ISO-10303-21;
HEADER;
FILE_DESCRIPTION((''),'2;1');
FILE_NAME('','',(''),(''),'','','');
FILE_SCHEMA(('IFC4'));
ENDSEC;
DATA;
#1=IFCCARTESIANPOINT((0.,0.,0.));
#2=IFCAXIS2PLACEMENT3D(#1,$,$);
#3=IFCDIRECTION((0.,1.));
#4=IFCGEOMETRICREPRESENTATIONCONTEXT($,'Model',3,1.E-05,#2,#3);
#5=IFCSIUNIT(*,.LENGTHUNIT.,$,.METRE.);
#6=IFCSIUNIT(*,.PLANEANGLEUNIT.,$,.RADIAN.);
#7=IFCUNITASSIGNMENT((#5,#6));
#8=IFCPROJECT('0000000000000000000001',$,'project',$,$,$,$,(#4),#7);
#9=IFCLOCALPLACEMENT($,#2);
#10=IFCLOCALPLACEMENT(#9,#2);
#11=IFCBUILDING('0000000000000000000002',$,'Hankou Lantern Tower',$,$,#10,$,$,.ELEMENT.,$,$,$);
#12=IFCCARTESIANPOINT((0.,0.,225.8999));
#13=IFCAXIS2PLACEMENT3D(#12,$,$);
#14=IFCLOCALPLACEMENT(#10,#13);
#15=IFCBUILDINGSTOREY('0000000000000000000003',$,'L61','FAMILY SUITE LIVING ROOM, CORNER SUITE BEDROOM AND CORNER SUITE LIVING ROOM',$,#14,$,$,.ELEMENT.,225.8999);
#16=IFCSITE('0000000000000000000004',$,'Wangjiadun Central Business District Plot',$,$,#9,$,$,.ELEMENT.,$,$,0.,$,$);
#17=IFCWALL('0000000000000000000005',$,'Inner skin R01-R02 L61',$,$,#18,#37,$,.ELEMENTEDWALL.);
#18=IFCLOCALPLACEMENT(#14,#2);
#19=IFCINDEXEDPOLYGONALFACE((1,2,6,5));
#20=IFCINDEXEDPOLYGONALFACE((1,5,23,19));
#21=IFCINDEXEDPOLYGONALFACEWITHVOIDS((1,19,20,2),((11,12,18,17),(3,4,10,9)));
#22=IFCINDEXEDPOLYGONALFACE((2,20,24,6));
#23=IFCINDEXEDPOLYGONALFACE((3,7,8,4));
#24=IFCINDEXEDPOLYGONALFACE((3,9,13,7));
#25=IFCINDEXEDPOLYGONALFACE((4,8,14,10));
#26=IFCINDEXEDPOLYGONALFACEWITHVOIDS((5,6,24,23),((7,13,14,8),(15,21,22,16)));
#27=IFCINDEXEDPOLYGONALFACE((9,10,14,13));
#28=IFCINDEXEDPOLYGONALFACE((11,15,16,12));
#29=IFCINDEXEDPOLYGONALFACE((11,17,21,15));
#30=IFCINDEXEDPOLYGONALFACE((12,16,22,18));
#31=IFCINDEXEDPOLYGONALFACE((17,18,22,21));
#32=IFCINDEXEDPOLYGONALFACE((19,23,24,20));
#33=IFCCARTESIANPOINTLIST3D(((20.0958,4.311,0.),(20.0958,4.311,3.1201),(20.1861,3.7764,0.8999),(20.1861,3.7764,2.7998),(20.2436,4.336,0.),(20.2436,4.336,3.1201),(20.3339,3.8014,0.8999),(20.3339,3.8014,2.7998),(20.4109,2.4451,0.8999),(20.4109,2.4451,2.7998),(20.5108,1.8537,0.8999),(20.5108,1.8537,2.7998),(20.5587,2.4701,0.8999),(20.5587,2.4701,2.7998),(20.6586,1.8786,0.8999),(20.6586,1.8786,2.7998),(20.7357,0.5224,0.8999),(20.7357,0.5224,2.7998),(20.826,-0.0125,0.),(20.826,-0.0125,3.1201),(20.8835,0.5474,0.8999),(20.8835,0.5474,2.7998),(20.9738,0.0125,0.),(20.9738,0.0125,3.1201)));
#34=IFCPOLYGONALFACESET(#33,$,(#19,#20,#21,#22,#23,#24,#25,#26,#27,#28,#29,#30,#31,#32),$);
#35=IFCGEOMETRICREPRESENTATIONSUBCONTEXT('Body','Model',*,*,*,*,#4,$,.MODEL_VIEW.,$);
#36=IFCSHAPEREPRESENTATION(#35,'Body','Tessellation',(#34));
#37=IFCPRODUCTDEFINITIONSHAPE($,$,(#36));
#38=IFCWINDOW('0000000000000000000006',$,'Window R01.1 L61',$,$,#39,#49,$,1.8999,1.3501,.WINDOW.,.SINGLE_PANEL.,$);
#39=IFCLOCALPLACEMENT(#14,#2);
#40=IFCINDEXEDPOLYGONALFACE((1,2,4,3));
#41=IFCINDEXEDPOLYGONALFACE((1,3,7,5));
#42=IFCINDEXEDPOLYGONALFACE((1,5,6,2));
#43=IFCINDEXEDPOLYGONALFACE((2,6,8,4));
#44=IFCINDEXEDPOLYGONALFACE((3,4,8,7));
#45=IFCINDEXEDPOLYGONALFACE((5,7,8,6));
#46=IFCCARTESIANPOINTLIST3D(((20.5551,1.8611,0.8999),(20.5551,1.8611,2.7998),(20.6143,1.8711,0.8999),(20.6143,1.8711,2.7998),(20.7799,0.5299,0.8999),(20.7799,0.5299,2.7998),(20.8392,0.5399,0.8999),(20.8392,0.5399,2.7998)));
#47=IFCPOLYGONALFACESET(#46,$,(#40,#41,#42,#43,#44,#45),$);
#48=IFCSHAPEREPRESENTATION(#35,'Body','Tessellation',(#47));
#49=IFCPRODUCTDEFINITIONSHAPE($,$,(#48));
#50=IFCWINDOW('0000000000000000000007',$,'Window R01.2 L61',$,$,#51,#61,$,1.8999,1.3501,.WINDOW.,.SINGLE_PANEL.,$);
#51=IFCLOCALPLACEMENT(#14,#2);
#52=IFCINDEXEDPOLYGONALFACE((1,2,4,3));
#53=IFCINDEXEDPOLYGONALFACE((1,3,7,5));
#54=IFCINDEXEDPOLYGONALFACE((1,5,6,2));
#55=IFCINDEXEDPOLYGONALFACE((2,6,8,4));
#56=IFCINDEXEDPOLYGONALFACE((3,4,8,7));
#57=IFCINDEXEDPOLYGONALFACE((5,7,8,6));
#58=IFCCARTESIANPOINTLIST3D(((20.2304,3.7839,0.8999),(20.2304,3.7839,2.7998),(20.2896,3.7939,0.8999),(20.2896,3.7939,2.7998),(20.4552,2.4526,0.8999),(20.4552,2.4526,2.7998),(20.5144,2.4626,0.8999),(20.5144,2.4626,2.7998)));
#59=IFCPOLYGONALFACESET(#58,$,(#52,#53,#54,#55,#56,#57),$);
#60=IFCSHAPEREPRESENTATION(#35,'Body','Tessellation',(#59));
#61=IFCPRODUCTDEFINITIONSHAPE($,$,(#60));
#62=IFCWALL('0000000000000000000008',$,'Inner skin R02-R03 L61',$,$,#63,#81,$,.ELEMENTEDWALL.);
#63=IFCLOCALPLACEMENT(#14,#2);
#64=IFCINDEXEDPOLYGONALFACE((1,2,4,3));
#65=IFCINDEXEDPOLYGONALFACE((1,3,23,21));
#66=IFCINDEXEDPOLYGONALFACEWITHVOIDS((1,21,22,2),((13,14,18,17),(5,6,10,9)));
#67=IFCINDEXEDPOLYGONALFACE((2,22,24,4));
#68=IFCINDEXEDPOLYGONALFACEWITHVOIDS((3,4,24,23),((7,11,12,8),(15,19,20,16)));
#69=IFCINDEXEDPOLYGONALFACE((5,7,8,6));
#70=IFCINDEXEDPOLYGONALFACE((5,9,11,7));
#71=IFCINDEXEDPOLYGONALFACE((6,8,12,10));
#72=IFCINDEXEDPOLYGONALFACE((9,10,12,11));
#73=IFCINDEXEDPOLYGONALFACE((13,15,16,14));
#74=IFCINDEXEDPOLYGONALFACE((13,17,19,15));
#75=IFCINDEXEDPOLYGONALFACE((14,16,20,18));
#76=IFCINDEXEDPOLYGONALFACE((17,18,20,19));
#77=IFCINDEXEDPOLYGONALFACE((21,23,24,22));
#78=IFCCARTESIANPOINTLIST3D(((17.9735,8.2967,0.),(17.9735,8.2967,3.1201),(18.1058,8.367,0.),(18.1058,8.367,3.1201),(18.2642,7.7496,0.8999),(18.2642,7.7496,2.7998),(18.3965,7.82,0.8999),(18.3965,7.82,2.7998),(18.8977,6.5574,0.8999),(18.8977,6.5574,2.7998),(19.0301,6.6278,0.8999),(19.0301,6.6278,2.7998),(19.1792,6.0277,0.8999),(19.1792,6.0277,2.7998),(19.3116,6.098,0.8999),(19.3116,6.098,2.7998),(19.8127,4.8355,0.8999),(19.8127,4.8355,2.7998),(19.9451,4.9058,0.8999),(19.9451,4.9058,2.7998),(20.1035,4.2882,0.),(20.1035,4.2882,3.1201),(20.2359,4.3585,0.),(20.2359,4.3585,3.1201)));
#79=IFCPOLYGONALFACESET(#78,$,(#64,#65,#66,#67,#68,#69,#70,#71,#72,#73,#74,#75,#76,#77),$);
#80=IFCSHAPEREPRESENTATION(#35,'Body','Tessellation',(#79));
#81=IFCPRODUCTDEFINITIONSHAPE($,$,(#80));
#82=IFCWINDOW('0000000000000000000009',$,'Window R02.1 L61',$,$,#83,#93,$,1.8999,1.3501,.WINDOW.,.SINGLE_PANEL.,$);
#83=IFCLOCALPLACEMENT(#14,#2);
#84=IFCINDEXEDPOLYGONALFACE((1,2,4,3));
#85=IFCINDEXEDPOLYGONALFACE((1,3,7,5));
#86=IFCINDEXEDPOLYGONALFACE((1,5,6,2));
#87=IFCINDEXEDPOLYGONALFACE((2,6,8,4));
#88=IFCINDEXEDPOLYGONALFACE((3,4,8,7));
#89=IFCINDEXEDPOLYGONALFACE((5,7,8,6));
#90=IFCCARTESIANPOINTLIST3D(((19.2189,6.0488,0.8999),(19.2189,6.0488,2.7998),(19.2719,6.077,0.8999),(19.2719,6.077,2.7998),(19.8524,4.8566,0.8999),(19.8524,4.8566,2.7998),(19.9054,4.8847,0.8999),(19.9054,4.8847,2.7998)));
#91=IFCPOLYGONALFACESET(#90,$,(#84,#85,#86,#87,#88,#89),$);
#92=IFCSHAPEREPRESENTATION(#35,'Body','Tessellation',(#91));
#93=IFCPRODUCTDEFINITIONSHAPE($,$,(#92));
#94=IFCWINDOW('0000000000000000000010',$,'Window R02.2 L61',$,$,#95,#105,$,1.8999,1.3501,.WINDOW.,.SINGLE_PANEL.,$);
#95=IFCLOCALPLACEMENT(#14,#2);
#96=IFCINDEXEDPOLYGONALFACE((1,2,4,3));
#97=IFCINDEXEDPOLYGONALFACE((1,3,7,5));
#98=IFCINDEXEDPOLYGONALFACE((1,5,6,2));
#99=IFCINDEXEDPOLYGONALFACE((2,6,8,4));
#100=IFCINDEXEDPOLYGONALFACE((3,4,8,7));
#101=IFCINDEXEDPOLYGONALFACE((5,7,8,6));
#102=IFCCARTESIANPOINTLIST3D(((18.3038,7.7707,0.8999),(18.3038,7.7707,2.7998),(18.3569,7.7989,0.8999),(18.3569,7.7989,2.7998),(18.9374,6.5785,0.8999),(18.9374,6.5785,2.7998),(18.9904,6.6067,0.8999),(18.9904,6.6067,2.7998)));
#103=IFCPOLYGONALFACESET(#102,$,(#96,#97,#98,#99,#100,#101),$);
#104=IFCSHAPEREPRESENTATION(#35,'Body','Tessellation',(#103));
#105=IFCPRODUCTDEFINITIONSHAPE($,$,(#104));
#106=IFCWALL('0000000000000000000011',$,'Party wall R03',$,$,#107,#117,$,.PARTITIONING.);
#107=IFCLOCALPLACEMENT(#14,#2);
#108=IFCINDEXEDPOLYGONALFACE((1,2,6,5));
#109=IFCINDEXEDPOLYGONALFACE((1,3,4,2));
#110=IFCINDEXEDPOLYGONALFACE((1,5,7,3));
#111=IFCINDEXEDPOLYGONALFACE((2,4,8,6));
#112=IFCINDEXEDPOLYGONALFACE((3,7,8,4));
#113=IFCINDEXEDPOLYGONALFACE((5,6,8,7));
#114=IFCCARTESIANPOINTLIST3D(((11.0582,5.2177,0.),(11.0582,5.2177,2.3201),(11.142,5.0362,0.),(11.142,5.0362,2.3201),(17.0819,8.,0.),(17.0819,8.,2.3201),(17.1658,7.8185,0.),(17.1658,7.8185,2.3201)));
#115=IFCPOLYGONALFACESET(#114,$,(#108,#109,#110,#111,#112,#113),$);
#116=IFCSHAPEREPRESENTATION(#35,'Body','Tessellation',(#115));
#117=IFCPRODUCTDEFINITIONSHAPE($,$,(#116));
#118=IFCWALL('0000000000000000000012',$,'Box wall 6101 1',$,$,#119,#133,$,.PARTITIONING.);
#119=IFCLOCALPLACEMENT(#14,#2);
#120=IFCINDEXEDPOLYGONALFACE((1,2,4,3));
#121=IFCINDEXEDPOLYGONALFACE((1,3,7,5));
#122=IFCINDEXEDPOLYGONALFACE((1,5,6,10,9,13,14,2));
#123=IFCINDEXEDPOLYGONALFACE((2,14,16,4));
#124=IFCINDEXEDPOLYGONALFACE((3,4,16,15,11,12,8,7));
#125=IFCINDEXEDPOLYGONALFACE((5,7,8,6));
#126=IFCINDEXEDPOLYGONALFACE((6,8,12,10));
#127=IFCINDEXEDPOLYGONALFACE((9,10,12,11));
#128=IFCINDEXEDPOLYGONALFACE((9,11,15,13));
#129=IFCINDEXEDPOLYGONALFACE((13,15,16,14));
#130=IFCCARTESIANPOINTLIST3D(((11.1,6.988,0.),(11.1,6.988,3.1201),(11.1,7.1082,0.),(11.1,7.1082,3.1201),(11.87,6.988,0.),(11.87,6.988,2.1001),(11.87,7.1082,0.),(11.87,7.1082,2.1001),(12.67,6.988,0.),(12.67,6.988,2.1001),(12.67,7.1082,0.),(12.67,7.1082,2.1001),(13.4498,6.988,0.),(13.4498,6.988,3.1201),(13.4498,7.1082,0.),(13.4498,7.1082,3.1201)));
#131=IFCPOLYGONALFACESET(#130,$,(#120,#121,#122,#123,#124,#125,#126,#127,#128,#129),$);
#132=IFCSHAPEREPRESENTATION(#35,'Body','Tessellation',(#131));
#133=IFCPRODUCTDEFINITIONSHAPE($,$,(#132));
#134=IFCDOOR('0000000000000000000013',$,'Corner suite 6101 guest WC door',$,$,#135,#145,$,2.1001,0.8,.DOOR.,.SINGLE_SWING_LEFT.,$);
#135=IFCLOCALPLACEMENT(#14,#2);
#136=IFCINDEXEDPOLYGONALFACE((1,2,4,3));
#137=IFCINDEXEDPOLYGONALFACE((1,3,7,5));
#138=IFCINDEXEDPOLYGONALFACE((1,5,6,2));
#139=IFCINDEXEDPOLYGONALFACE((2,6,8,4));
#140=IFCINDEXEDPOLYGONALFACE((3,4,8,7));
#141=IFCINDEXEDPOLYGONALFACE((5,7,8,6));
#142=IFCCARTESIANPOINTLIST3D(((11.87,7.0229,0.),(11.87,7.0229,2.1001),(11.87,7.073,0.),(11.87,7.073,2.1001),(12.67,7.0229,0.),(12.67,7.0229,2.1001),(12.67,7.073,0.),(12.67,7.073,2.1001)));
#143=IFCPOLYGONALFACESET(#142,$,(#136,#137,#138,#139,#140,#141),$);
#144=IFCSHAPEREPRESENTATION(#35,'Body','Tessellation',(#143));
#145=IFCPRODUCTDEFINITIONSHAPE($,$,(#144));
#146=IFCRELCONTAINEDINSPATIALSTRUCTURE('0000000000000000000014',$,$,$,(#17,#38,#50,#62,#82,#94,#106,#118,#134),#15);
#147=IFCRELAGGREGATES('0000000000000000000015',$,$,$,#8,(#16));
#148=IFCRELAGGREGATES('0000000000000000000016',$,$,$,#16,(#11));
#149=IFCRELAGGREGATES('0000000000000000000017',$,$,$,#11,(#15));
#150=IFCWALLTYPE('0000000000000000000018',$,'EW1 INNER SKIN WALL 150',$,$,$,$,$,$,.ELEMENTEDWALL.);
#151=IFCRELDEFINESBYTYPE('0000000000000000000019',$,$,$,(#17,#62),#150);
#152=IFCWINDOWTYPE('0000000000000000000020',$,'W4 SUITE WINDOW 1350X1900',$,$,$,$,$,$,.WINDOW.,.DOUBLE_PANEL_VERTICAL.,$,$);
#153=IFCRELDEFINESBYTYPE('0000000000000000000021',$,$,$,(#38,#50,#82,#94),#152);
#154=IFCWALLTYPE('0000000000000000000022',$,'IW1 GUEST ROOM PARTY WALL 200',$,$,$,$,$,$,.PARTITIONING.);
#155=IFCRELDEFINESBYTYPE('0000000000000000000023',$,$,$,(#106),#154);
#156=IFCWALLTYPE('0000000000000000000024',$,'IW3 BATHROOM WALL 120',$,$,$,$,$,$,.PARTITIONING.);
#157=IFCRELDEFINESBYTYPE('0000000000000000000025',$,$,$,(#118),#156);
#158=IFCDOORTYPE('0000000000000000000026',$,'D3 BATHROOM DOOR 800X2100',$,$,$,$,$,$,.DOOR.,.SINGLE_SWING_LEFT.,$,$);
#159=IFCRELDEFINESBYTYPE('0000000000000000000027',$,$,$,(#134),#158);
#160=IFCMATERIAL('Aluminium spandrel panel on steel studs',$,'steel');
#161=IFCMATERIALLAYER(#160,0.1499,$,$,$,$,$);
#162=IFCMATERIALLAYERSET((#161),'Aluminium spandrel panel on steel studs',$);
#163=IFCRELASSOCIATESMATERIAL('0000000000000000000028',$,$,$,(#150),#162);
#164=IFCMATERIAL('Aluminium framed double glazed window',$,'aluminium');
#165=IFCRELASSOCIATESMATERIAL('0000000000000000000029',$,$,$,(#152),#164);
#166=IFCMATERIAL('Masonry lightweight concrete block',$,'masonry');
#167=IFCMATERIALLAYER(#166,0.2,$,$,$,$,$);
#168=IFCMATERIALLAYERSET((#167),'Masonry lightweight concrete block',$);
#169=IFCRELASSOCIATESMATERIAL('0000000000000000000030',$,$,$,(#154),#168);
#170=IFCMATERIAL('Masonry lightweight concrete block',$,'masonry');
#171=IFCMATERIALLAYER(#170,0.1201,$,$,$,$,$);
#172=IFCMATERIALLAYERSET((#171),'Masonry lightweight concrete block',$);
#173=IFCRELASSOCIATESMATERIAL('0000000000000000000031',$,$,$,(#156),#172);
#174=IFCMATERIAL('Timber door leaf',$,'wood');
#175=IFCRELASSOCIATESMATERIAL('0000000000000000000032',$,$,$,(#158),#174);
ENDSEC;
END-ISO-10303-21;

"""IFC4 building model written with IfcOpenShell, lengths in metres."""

from ifc_helpers import new_model, si_unit, direction, frame, frame_2d, origin, place, context, subcontext, project, spatial, rectangle, extrude, material, layer, layer_set, type_object, element, fill, save


model = new_model("IFC4")

# Units and contexts
model_context = context("Model", 3, precision=1e-05, world=origin(), true_north=direction((0.0, 1.0)))
body_context = subcontext(model_context, "Body", "Model", "MODEL_VIEW")
ifc_project = project(units=[si_unit("LENGTHUNIT", "METRE"), si_unit("PLANEANGLEUNIT", "RADIAN")], contexts=[model_context])

# Site, building, storey
site_placement = place(None, origin())
site = spatial("IfcSite", under=ifc_project, at=site_placement, Name="Wangjiadun Central Business District Plot", CompositionType="ELEMENT", RefElevation=0.0)
building_placement = place(site_placement, origin())
building = spatial("IfcBuilding", under=site, at=building_placement, Name="Hankou Lantern Tower", CompositionType="ELEMENT")
storey_placement = place(building_placement, frame((0.0, 0.0, 225.8999)))
storey = spatial("IfcBuildingStorey", under=building, at=storey_placement, Name="L61", Description="FAMILY SUITE LIVING ROOM, CORNER SUITE BEDROOM AND CORNER SUITE LIVING ROOM", CompositionType="ELEMENT", Elevation=225.8999)

# Walls, openings, windows
ifc_material_1 = material(Name="Aluminium spandrel panel on steel studs", Category="steel")
ifc_layer_1 = layer(ifc_material_1, 0.1499)
ifc_layer_set_1 = layer_set([ifc_layer_1], Name="Aluminium spandrel panel on steel studs")
wall_type_1 = type_object("IfcWallType", Name="EW1 INNER SKIN WALL 150", PredefinedType="ELEMENTEDWALL", material=ifc_layer_set_1)
wall_1_placement = place(storey_placement, frame((20.8999, 0.0, 0.0), z_axis=(0.0, 0.0, 1.0), x_axis=(-0.166539, 0.986035, 0.0)))
wall_1 = element("IfcWall", 1, at=wall_1_placement, inside=storey, type_object=wall_type_1, Name="Inner skin R01-R02 L61", PredefinedType="ELEMENTEDWALL", context=body_context, shape_type="SweptSolid", body=[
    extrude(rectangle(XDim=4.3848, YDim=0.1499, at=frame_2d((2.1924, 0.0))), origin(), (0.0, 0.0, 1.0), 3.1201),
])
opening_1_placement = place(wall_1_placement, frame((0.5425, 0.0, 0.8999)))
opening_1 = element("IfcOpeningElement", 2, at=opening_1_placement, cuts=wall_1, PredefinedType="OPENING", context=body_context, shape_type="SweptSolid", body=[
    extrude(rectangle(XDim=1.3501, YDim=1.8999, at=frame_2d((0.675, 0.95))), frame((0.0, 0.085, 0.0), z_axis=(0.0, -1.0, 0.0), x_axis=(1.0, 0.0, 0.0)), (0.0, 0.0, 1.0), 0.1699),
])
opening_2_placement = place(wall_1_placement, frame((2.4924, 0.0, 0.8999)))
opening_2 = element("IfcOpeningElement", 3, at=opening_2_placement, cuts=wall_1, PredefinedType="OPENING", context=body_context, shape_type="SweptSolid", body=[
    extrude(rectangle(XDim=1.3501, YDim=1.8999, at=frame_2d((0.675, 0.95))), frame((0.0, 0.085, 0.0), z_axis=(0.0, -1.0, 0.0), x_axis=(1.0, 0.0, 0.0)), (0.0, 0.0, 1.0), 0.1699),
])
ifc_material_2 = material(Name="Aluminium framed double glazed window", Category="aluminium")
window_type = type_object("IfcWindowType", Name="W4 SUITE WINDOW 1350X1900", PartitioningType="DOUBLE_PANEL_VERTICAL", PredefinedType="WINDOW", material=ifc_material_2)
window_1_placement = place(opening_1_placement, origin())
window_1 = element("IfcWindow", 4, at=window_1_placement, inside=storey, type_object=window_type, Name="Window R01.1 L61", OverallHeight=1.8999, OverallWidth=1.3501, PartitioningType="SINGLE_PANEL", PredefinedType="WINDOW", context=body_context, shape_type="SweptSolid", body=[
    extrude(rectangle(XDim=1.3501, YDim=1.8999, at=frame_2d((0.675, 0.95))), frame((0.0, 0.03, 0.0), z_axis=(0.0, -1.0, 0.0), x_axis=(1.0, 0.0, 0.0)), (0.0, 0.0, 1.0), 0.0601),
])
fill(opening_1, window_1)
window_2_placement = place(opening_2_placement, origin())
window_2 = element("IfcWindow", 5, at=window_2_placement, inside=storey, type_object=window_type, Name="Window R01.2 L61", OverallHeight=1.8999, OverallWidth=1.3501, PartitioningType="SINGLE_PANEL", PredefinedType="WINDOW", context=body_context, shape_type="SweptSolid", body=[
    extrude(rectangle(XDim=1.3501, YDim=1.8999, at=frame_2d((0.675, 0.95))), frame((0.0, 0.03, 0.0), z_axis=(0.0, -1.0, 0.0), x_axis=(1.0, 0.0, 0.0)), (0.0, 0.0, 1.0), 0.0601),
])
fill(opening_2, window_2)
wall_2_placement = place(storey_placement, frame((20.1697, 4.3235, 0.0), z_axis=(0.0, 0.0, 1.0), x_axis=(-0.469256, 0.883062, 0.0)))
wall_2 = element("IfcWall", 6, at=wall_2_placement, inside=storey, type_object=wall_type_1, Name="Inner skin R02-R03 L61", PredefinedType="ELEMENTEDWALL", context=body_context, shape_type="SweptSolid", body=[
    extrude(rectangle(XDim=4.5393, YDim=0.1499, at=frame_2d((2.2695, 0.0))), origin(), (0.0, 0.0, 1.0), 3.1201),
])
opening_3_placement = place(wall_2_placement, frame((0.6196, 0.0, 0.8999)))
opening_3 = element("IfcOpeningElement", 7, at=opening_3_placement, cuts=wall_2, PredefinedType="OPENING", context=body_context, shape_type="SweptSolid", body=[
    extrude(rectangle(XDim=1.3501, YDim=1.8999, at=frame_2d((0.675, 0.95))), frame((0.0, 0.085, 0.0), z_axis=(0.0, -1.0, 0.0), x_axis=(1.0, 0.0, 0.0)), (0.0, 0.0, 1.0), 0.1699),
])
opening_4_placement = place(wall_2_placement, frame((2.5696, 0.0, 0.8999)))
opening_4 = element("IfcOpeningElement", 8, at=opening_4_placement, cuts=wall_2, PredefinedType="OPENING", context=body_context, shape_type="SweptSolid", body=[
    extrude(rectangle(XDim=1.3501, YDim=1.8999, at=frame_2d((0.675, 0.95))), frame((0.0, 0.085, 0.0), z_axis=(0.0, -1.0, 0.0), x_axis=(1.0, 0.0, 0.0)), (0.0, 0.0, 1.0), 0.1699),
])
window_3_placement = place(opening_3_placement, origin())
window_3 = element("IfcWindow", 9, at=window_3_placement, inside=storey, type_object=window_type, Name="Window R02.1 L61", OverallHeight=1.8999, OverallWidth=1.3501, PartitioningType="SINGLE_PANEL", PredefinedType="WINDOW", context=body_context, shape_type="SweptSolid", body=[
    extrude(rectangle(XDim=1.3501, YDim=1.8999, at=frame_2d((0.675, 0.95))), frame((0.0, 0.03, 0.0), z_axis=(0.0, -1.0, 0.0), x_axis=(1.0, 0.0, 0.0)), (0.0, 0.0, 1.0), 0.0601),
])
fill(opening_3, window_3)
window_4_placement = place(opening_4_placement, origin())
window_4 = element("IfcWindow", 10, at=window_4_placement, inside=storey, type_object=window_type, Name="Window R02.2 L61", OverallHeight=1.8999, OverallWidth=1.3501, PartitioningType="SINGLE_PANEL", PredefinedType="WINDOW", context=body_context, shape_type="SweptSolid", body=[
    extrude(rectangle(XDim=1.3501, YDim=1.8999, at=frame_2d((0.675, 0.95))), frame((0.0, 0.03, 0.0), z_axis=(0.0, -1.0, 0.0), x_axis=(1.0, 0.0, 0.0)), (0.0, 0.0, 1.0), 0.0601),
])
fill(opening_4, window_4)

# Wall
ifc_material_3 = material(Name="Masonry lightweight concrete block", Category="masonry")
ifc_layer_2 = layer(ifc_material_3, 0.2)
ifc_layer_set_2 = layer_set([ifc_layer_2], Name="Masonry lightweight concrete block")
wall_type_2 = type_object("IfcWallType", Name="IW1 GUEST ROOM PARTY WALL 200", PredefinedType="PARTITIONING", material=ifc_layer_set_2)
wall_3_placement = place(storey_placement, frame((11.1001, 5.127, 0.0), z_axis=(0.0, 0.0, 1.0), x_axis=(0.907841, 0.419315, 0.0)))
element("IfcWall", 11, at=wall_3_placement, inside=storey, type_object=wall_type_2, Name="Party wall R03", PredefinedType="PARTITIONING", context=body_context, shape_type="SweptSolid", body=[
    extrude(rectangle(XDim=6.6353, YDim=0.2, at=frame_2d((3.3176, 0.0))), origin(), (0.0, 0.0, 1.0), 2.3201),
])

# Wall, opening, door
ifc_material_4 = material(Name="Masonry lightweight concrete block", Category="masonry")
ifc_layer_3 = layer(ifc_material_4, 0.1201)
ifc_layer_set_3 = layer_set([ifc_layer_3], Name="Masonry lightweight concrete block")
wall_type_3 = type_object("IfcWallType", Name="IW3 BATHROOM WALL 120", PredefinedType="PARTITIONING", material=ifc_layer_set_3)
wall_4_placement = place(storey_placement, frame((11.1001, 7.0481, 0.0), z_axis=(0.0, 0.0, 1.0), x_axis=(1.0, 0.0, 0.0)))
wall_4 = element("IfcWall", 12, at=wall_4_placement, inside=storey, type_object=wall_type_3, Name="Box wall 6101 1", PredefinedType="PARTITIONING", context=body_context, shape_type="SweptSolid", body=[
    extrude(rectangle(XDim=2.3499, YDim=0.1201, at=frame_2d((1.1748, 0.0))), origin(), (0.0, 0.0, 1.0), 3.1201),
])
opening_5_placement = place(wall_4_placement, frame((0.77, 0.0, 0.0)))
opening_5 = element("IfcOpeningElement", 13, at=opening_5_placement, cuts=wall_4, PredefinedType="OPENING", context=body_context, shape_type="SweptSolid", body=[
    extrude(rectangle(XDim=0.8, YDim=2.1001, at=frame_2d((0.3999, 1.05))), frame((0.0, 0.0701, 0.0), z_axis=(0.0, -1.0, 0.0), x_axis=(1.0, 0.0, 0.0)), (0.0, 0.0, 1.0), 0.1401),
])
ifc_material_5 = material(Name="Timber door leaf", Category="wood")
door_type_1 = type_object("IfcDoorType", Name="D3 BATHROOM DOOR 800X2100", OperationType="SINGLE_SWING_LEFT", PredefinedType="DOOR", material=ifc_material_5)
door_1_placement = place(opening_5_placement, origin())
door_1 = element("IfcDoor", 14, at=door_1_placement, inside=storey, type_object=door_type_1, Name="Corner suite 6101 guest WC door", OperationType="SINGLE_SWING_LEFT", OverallHeight=2.1001, OverallWidth=0.8, PredefinedType="DOOR", context=body_context, shape_type="SweptSolid", body=[
    extrude(rectangle(XDim=0.8, YDim=2.1001, at=frame_2d((0.3999, 1.05))), frame((0.0, 0.0249, 0.0), z_axis=(0.0, -1.0, 0.0), x_axis=(1.0, 0.0, 0.0)), (0.0, 0.0, 1.0), 0.05),
])
fill(opening_5, door_1)

save(model, "model.ifc")
